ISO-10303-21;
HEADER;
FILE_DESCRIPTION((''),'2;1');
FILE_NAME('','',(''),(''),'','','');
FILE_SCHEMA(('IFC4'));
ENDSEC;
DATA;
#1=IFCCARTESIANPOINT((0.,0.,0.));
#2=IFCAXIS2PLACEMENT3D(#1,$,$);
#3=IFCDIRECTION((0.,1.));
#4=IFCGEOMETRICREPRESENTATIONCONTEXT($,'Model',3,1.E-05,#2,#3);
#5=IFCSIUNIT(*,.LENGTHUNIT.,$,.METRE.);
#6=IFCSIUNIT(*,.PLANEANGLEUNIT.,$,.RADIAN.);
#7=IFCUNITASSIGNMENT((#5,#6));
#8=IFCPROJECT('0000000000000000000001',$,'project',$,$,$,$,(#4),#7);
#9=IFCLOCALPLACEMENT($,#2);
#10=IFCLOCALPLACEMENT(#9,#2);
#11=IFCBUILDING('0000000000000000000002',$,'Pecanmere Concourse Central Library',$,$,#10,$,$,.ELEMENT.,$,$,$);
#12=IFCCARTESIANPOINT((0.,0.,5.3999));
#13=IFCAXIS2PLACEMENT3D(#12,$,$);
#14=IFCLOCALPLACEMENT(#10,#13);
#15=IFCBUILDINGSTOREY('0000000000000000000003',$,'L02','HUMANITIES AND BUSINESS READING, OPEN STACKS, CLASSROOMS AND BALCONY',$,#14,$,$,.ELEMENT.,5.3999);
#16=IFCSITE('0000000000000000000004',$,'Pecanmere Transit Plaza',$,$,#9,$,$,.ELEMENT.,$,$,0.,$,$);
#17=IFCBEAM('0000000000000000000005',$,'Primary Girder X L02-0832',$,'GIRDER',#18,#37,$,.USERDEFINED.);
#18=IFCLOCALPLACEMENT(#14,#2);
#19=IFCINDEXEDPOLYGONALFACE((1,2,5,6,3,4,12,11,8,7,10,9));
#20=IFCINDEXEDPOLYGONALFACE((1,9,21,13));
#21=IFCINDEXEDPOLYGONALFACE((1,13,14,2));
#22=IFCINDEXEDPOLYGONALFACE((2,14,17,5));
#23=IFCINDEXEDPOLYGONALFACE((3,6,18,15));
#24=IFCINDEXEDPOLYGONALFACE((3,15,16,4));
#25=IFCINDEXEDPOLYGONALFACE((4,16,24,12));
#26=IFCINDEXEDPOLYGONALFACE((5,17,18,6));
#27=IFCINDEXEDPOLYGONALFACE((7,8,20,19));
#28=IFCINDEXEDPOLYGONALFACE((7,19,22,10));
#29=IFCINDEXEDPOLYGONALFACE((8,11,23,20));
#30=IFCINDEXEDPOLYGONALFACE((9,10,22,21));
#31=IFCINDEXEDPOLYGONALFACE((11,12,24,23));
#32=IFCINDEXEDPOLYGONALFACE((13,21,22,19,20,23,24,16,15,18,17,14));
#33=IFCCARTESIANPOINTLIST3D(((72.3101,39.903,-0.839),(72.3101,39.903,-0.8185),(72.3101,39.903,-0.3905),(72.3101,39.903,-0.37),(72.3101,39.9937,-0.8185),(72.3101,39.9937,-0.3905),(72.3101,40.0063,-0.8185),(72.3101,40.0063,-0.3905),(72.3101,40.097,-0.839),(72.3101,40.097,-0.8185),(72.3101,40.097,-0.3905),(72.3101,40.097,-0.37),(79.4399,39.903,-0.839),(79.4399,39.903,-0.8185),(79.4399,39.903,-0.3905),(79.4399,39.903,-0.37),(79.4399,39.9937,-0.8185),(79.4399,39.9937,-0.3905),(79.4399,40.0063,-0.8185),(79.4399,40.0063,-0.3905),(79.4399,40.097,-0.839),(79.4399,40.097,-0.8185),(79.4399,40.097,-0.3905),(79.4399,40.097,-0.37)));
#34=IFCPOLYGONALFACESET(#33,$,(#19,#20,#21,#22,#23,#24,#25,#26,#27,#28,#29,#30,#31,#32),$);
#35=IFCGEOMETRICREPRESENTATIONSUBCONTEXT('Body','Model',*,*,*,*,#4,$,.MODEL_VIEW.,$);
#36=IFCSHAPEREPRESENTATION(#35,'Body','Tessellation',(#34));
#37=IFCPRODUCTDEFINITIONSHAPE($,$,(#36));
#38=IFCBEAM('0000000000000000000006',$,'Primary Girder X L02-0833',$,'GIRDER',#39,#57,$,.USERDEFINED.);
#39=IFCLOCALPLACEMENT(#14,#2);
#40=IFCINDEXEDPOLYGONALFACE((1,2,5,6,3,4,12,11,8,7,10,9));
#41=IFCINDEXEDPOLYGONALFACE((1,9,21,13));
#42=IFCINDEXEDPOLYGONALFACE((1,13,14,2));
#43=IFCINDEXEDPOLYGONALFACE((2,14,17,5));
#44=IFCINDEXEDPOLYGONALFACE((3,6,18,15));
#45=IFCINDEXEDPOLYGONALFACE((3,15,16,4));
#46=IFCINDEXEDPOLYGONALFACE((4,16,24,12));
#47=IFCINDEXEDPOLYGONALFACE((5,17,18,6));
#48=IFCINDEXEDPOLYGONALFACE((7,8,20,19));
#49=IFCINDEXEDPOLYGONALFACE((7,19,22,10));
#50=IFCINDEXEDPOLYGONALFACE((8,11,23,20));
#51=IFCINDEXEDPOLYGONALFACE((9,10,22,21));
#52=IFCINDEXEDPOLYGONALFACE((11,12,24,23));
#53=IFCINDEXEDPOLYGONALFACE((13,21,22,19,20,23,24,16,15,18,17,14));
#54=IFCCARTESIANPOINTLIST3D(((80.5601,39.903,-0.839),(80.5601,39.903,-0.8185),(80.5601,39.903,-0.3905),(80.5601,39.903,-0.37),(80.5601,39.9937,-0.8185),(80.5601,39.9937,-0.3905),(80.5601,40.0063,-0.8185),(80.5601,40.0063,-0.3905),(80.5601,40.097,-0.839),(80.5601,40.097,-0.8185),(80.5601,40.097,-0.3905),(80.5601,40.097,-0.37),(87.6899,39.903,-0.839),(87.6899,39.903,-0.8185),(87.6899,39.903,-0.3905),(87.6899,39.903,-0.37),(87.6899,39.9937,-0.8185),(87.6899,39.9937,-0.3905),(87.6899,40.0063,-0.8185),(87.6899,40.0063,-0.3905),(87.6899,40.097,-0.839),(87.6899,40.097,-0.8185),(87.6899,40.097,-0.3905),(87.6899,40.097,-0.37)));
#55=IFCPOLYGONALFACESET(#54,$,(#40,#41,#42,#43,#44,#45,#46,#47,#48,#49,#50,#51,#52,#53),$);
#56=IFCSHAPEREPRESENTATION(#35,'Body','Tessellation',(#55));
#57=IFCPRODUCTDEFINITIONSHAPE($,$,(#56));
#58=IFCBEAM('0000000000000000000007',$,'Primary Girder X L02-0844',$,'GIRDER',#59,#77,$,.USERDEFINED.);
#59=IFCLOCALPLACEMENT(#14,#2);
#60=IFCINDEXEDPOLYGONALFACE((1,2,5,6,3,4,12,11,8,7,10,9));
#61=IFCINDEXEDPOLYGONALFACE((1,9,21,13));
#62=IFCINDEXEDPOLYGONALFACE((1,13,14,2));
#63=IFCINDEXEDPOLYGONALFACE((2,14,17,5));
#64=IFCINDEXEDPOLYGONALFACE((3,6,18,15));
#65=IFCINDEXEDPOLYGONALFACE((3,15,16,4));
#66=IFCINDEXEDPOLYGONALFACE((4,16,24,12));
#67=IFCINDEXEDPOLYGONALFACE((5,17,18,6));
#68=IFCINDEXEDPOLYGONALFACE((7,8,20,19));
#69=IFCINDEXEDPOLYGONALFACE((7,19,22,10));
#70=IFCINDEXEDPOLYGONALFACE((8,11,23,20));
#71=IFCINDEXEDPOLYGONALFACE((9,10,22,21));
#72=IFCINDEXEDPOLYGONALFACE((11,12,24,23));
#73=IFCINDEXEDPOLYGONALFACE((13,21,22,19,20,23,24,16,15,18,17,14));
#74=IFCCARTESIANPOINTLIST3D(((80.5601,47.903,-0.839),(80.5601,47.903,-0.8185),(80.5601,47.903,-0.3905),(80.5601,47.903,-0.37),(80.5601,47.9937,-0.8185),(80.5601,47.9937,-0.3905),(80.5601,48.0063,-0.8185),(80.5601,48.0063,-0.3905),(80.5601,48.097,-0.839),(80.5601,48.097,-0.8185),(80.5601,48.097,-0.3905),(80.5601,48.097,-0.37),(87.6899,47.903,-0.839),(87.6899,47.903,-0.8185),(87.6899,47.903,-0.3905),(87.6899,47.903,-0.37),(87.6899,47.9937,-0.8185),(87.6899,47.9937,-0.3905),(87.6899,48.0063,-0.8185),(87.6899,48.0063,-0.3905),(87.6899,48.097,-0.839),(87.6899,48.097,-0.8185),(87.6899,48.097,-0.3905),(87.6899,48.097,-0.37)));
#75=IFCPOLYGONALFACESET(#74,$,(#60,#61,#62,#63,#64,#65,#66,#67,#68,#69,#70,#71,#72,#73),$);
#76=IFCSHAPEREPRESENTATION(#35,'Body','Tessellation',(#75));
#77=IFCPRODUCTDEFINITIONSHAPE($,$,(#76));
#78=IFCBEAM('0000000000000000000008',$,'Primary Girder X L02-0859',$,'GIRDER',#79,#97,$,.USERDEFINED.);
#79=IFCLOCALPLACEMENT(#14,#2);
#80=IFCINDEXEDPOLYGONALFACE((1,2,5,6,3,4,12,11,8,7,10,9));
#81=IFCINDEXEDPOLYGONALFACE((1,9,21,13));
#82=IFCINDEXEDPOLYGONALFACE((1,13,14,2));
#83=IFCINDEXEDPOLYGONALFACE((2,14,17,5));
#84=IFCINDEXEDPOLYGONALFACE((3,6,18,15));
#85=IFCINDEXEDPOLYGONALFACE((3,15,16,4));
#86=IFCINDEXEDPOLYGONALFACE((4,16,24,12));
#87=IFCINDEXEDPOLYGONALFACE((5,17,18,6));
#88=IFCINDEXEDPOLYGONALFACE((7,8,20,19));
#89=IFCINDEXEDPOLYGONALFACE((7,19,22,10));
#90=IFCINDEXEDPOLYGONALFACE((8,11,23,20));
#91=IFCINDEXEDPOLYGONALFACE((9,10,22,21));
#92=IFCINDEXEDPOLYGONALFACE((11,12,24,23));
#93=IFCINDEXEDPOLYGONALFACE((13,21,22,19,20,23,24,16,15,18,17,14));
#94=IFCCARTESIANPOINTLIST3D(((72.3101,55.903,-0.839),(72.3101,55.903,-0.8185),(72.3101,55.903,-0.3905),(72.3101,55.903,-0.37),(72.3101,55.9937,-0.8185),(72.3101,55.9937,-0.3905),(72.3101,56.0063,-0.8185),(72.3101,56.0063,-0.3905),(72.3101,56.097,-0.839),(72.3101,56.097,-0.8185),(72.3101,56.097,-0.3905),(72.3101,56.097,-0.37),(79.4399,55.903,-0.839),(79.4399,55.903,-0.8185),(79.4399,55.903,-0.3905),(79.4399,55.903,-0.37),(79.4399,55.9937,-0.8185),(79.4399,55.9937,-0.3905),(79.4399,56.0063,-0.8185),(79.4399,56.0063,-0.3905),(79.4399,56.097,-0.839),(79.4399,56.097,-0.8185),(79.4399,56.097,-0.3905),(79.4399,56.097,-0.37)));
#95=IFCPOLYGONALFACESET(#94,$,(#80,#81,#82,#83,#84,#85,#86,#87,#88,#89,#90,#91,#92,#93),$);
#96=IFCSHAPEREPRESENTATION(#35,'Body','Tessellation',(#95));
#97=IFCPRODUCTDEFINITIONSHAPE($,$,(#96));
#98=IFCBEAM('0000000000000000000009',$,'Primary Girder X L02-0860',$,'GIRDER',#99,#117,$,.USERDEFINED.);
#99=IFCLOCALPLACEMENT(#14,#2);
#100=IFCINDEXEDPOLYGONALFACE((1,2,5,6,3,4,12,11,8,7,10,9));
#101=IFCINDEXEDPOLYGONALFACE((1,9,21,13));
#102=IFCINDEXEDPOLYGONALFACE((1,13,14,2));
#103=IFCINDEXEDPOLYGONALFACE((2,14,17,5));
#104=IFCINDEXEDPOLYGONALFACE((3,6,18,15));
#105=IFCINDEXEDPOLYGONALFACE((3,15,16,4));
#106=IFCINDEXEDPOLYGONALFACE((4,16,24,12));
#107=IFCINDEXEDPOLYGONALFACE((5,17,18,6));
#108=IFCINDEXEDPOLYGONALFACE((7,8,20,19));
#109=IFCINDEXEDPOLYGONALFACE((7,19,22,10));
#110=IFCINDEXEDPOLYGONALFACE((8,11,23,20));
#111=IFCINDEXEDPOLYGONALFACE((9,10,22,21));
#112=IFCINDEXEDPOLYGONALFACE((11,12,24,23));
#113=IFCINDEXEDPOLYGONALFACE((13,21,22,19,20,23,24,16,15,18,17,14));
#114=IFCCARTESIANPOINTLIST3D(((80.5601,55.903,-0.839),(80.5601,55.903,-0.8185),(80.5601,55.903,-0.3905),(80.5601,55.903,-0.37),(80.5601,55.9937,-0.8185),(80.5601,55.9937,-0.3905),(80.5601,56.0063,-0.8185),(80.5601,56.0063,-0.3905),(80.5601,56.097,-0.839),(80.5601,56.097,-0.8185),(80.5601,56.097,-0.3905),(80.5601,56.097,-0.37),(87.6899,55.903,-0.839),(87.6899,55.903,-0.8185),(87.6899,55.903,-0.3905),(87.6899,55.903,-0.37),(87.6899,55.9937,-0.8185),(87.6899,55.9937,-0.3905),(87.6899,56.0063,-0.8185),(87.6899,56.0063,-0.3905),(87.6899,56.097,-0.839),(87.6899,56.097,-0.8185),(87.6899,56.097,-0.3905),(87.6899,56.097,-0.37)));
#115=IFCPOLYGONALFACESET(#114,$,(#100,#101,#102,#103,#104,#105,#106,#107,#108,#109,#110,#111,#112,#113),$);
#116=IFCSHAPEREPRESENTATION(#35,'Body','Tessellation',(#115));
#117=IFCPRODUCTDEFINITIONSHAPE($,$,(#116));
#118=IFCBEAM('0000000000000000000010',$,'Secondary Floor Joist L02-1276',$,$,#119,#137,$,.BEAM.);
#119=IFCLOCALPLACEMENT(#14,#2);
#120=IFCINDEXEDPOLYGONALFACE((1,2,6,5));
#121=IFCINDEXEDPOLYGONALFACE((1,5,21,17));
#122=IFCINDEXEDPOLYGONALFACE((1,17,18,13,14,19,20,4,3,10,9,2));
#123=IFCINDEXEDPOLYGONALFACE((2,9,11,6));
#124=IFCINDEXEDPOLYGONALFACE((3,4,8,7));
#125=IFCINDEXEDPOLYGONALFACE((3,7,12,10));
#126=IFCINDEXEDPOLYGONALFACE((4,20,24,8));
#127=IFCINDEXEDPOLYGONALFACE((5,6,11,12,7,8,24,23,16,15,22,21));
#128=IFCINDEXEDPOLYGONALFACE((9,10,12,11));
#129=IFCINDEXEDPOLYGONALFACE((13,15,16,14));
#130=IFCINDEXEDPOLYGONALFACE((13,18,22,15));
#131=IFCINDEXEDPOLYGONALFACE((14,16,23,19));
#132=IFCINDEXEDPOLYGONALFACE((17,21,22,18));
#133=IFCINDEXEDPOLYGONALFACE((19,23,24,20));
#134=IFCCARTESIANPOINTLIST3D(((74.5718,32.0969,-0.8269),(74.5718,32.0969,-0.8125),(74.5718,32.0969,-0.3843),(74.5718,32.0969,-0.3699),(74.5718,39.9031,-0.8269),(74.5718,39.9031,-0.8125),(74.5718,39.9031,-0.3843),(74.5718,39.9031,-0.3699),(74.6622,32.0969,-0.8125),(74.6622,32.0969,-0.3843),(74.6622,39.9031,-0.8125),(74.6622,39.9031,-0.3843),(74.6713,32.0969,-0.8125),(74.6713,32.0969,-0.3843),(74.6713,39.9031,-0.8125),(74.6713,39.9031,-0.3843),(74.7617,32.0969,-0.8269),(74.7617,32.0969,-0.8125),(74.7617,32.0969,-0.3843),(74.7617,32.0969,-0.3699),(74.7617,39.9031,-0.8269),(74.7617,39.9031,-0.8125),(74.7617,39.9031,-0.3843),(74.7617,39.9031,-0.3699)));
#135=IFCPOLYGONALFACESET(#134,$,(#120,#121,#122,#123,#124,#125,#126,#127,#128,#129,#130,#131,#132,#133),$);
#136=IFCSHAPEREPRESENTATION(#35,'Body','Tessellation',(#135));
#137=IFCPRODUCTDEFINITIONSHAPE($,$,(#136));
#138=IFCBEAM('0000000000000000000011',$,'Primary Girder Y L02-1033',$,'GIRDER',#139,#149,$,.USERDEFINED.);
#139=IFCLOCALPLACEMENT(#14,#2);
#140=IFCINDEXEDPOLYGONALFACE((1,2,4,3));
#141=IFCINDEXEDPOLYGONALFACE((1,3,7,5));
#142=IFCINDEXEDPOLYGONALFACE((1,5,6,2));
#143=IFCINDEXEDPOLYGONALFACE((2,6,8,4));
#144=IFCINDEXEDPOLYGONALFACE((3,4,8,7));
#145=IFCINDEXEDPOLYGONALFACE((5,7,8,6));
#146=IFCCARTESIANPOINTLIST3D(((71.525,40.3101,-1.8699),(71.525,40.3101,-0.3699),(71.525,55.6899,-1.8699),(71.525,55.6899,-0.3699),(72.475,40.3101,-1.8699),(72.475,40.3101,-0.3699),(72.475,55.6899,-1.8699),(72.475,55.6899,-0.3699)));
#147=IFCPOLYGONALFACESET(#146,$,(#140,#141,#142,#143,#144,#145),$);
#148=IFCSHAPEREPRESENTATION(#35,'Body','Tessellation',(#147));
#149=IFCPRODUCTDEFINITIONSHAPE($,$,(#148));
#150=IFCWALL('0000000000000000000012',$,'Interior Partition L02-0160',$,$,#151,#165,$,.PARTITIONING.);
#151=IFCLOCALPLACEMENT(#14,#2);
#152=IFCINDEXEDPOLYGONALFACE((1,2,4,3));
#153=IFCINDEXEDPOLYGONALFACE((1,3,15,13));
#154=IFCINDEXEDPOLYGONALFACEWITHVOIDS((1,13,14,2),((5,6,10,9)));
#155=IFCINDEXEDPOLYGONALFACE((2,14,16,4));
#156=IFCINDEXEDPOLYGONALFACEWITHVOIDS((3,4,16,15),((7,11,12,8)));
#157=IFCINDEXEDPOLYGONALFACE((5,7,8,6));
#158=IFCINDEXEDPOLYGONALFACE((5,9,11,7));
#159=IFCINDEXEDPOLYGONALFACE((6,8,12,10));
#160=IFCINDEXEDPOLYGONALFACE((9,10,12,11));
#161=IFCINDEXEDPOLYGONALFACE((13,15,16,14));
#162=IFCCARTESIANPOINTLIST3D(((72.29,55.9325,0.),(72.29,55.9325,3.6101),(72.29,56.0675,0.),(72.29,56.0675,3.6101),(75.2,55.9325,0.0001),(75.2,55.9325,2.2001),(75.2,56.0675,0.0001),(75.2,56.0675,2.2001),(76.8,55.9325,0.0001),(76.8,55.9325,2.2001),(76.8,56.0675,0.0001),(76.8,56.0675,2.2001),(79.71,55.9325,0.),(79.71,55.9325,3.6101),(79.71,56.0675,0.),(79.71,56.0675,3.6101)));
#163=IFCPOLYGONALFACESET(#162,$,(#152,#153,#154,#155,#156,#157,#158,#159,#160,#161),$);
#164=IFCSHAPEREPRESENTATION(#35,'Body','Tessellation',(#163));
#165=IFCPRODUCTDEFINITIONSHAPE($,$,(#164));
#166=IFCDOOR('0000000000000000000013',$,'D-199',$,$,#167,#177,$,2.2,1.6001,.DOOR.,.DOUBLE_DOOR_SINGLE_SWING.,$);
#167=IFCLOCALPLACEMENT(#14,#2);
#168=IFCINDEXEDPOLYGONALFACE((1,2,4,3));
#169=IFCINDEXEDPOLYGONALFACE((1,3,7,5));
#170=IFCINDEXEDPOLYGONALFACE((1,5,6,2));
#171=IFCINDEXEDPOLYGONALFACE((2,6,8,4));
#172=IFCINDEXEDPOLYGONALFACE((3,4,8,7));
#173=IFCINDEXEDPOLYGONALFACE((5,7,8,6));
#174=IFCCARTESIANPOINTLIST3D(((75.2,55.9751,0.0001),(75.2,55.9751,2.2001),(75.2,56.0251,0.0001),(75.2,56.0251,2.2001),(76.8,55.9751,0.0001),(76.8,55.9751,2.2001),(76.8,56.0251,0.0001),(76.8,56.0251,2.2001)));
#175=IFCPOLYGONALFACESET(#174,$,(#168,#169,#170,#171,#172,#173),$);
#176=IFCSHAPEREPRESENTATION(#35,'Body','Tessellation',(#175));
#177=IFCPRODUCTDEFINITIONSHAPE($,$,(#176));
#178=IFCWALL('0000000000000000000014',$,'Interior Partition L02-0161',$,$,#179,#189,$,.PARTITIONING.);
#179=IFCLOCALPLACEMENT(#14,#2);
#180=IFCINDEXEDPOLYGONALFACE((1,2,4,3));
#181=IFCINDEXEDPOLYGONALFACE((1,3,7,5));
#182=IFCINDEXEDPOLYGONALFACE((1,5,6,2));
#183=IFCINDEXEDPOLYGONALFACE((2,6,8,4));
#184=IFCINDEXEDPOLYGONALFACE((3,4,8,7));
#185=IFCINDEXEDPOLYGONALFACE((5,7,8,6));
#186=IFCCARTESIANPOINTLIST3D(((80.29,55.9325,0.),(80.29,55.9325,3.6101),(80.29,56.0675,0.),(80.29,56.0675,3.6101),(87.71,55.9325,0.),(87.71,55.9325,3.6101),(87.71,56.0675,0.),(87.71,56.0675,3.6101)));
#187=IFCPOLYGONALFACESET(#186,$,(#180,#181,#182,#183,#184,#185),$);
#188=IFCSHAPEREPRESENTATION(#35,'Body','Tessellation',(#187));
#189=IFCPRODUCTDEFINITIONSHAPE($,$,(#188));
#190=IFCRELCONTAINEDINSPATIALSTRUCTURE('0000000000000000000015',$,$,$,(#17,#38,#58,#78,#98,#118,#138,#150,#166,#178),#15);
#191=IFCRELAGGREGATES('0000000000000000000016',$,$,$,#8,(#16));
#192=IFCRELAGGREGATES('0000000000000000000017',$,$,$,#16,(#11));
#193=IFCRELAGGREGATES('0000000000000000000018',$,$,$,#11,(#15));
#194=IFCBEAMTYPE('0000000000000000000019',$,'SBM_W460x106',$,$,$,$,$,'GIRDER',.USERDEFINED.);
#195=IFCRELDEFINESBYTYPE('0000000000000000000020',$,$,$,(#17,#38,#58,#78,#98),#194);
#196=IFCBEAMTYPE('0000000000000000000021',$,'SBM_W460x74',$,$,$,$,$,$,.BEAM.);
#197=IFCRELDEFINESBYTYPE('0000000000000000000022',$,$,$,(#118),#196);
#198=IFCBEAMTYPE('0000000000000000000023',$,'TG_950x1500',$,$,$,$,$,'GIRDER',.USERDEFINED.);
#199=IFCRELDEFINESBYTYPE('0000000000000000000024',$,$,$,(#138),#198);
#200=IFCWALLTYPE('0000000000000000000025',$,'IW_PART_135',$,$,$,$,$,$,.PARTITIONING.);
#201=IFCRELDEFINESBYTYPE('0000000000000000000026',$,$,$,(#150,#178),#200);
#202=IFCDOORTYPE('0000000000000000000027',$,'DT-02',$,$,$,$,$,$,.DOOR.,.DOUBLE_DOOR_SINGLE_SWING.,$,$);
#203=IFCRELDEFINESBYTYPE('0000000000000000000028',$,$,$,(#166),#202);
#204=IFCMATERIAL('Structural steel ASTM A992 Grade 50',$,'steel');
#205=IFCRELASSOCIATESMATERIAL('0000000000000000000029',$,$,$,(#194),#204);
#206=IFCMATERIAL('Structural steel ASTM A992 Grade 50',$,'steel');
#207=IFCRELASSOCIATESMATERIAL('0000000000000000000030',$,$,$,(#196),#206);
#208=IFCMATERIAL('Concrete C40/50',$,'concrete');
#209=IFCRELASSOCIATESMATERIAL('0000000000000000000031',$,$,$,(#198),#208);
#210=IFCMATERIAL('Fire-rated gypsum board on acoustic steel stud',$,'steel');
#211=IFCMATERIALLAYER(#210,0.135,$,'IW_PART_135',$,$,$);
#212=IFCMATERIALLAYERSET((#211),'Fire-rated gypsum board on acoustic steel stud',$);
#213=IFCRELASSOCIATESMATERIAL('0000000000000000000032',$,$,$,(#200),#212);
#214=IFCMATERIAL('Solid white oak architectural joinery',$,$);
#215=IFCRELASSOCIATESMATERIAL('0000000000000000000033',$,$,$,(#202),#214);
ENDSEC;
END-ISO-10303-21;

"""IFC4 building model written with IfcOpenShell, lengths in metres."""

from ifc_helpers import new_model, si_unit, direction, frame, frame_2d, origin, origin_2d, place, context, subcontext, project, spatial, rectangle, i_section, extrude, material, layer, layer_set, material_profile, profile_set, type_object, element, fill, save


model = new_model("IFC4")

# Units and contexts
model_context = context("Model", 3, precision=1e-05, world=origin(), true_north=direction((0.0, 1.0)))
body_context = subcontext(model_context, "Body", "Model", "MODEL_VIEW")
ifc_project = project(units=[si_unit("LENGTHUNIT", "METRE"), si_unit("PLANEANGLEUNIT", "RADIAN")], contexts=[model_context])

# Site, building, storey
site_placement = place(None, origin())
site = spatial("IfcSite", under=ifc_project, at=site_placement, Name="Pecanmere Transit Plaza", CompositionType="ELEMENT", RefElevation=0.0)
building_placement = place(site_placement, origin())
building = spatial("IfcBuilding", under=site, at=building_placement, Name="Pecanmere Concourse Central Library", CompositionType="ELEMENT")
storey_placement = place(building_placement, frame((0.0, 0.0, 5.3999)))
storey = spatial("IfcBuildingStorey", under=building, at=storey_placement, Name="L02", Description="HUMANITIES AND BUSINESS READING, OPEN STACKS, CLASSROOMS AND BALCONY", CompositionType="ELEMENT", Elevation=5.3999)

# Beams
ifc_material_1 = material(Name="Structural steel ASTM A992 Grade 50", Category="steel")
ifc_material_profile_1 = material_profile(ifc_material_1, i_section(OverallWidth=0.1941, OverallDepth=0.469, WebThickness=0.0127, FlangeThickness=0.0205, at=origin_2d()), Name="W460x106")
ifc_profile_set_1 = profile_set([ifc_material_profile_1], Name="Structural steel ASTM A992 Grade 50")
beam_type_1 = type_object("IfcBeamType", Name="SBM_W460x106", ElementType="GIRDER", PredefinedType="USERDEFINED", material=ifc_profile_set_1)
for number, where, z_axis, x_axis, name in (
    (1, (72.3101, 40.0, -0.6045), (1.0, 0.0, 0.0), (0.0, 1.0, 0.0), "Primary Girder X L02-0832"),
    (2, (80.5601, 40.0, -0.6045), (1.0, 0.0, 0.0), (0.0, 1.0, 0.0), "Primary Girder X L02-0833"),
    (3, (80.5601, 48.0, -0.6045), (1.0, 0.0, 0.0), (0.0, 1.0, 0.0), "Primary Girder X L02-0844"),
    (4, (72.3101, 56.0, -0.6045), (1.0, 0.0, 0.0), (0.0, 1.0, 0.0), "Primary Girder X L02-0859"),
    (5, (80.5601, 56.0, -0.6045), (1.0, 0.0, 0.0), (0.0, 1.0, 0.0), "Primary Girder X L02-0860"),
):
    element("IfcBeam", number, at=place(storey_placement, frame(where, z_axis=z_axis, x_axis=x_axis)), inside=storey, type_object=beam_type_1, Name=name, ObjectType="GIRDER", PredefinedType="USERDEFINED", context=body_context, shape_type="SweptSolid", body=[
        extrude(i_section(OverallWidth=0.1941, OverallDepth=0.469, WebThickness=0.0127, FlangeThickness=0.0205, at=origin_2d()), origin(), (0.0, 0.0, 1.0), 7.1299),
    ])
ifc_material_2 = material(Name="Structural steel ASTM A992 Grade 50", Category="steel")
ifc_material_profile_2 = material_profile(ifc_material_2, i_section(OverallWidth=0.1899, OverallDepth=0.457, WebThickness=0.009, FlangeThickness=0.0144, at=origin_2d()), Name="W460x74")
ifc_profile_set_2 = profile_set([ifc_material_profile_2], Name="Structural steel ASTM A992 Grade 50")
beam_type_2 = type_object("IfcBeamType", Name="SBM_W460x74", PredefinedType="BEAM", material=ifc_profile_set_2)
beam_1_placement = place(storey_placement, frame((74.6667, 32.0969, -0.5984), z_axis=(0.0, 1.0, 0.0), x_axis=(-1.0, 0.0, 0.0)))
element("IfcBeam", 6, at=beam_1_placement, inside=storey, type_object=beam_type_2, Name="Secondary Floor Joist L02-1276", PredefinedType="BEAM", context=body_context, shape_type="SweptSolid", body=[
    extrude(i_section(OverallWidth=0.1899, OverallDepth=0.457, WebThickness=0.009, FlangeThickness=0.0144, at=origin_2d()), origin(), (0.0, 0.0, 1.0), 7.8062),
])
ifc_material_3 = material(Name="Concrete C40/50", Category="concrete")
ifc_material_profile_3 = material_profile(ifc_material_3, rectangle(XDim=0.95, YDim=1.5, at=origin_2d()), Name="RC 950x1500")
ifc_profile_set_3 = profile_set([ifc_material_profile_3], Name="Concrete C40/50")
beam_type_3 = type_object("IfcBeamType", Name="TG_950x1500", ElementType="GIRDER", PredefinedType="USERDEFINED", material=ifc_profile_set_3)
beam_2_placement = place(storey_placement, frame((72.0, 40.3101, -1.1199), z_axis=(0.0, 1.0, 0.0), x_axis=(-1.0, 0.0, 0.0)))
element("IfcBeam", 7, at=beam_2_placement, inside=storey, type_object=beam_type_3, Name="Primary Girder Y L02-1033", ObjectType="GIRDER", PredefinedType="USERDEFINED", context=body_context, shape_type="SweptSolid", body=[
    extrude(rectangle(XDim=0.95, YDim=1.5, at=origin_2d()), origin(), (0.0, 0.0, 1.0), 15.3799),
])

# Wall, opening, door
ifc_material_4 = material(Name="Fire-rated gypsum board on acoustic steel stud", Category="steel")
ifc_layer_1 = layer(ifc_material_4, 0.135, Name="IW_PART_135")
ifc_layer_set_1 = layer_set([ifc_layer_1], Name="Fire-rated gypsum board on acoustic steel stud")
wall_type_1 = type_object("IfcWallType", Name="IW_PART_135", PredefinedType="PARTITIONING", material=ifc_layer_set_1)
wall_1_placement = place(storey_placement, frame((72.29, 56.0, 0.0), z_axis=(0.0, 0.0, 1.0), x_axis=(1.0, 0.0, 0.0)))
wall_1 = element("IfcWall", 8, at=wall_1_placement, inside=storey, type_object=wall_type_1, Name="Interior Partition L02-0160", PredefinedType="PARTITIONING", context=body_context, shape_type="SweptSolid", body=[
    extrude(rectangle(XDim=7.4199, YDim=0.135, at=frame_2d((3.71, 0.0))), origin(), (0.0, 0.0, 1.0), 3.6101),
])
opening_1_placement = place(wall_1_placement, frame((2.9099, 0.0, 0.0)))
opening_1 = element("IfcOpeningElement", 9, at=opening_1_placement, cuts=wall_1, PredefinedType="OPENING", context=body_context, shape_type="SweptSolid", body=[
    extrude(rectangle(XDim=1.6001, YDim=2.2, at=frame_2d((0.8, 1.1001))), frame((0.0, 0.0796, 0.0), z_axis=(0.0, -1.0, 0.0), x_axis=(1.0, 0.0, 0.0)), (0.0, 0.0, 1.0), 0.1589),
])
ifc_material_5 = material(Name="Solid white oak architectural joinery")
door_type_1 = type_object("IfcDoorType", Name="DT-02", OperationType="DOUBLE_DOOR_SINGLE_SWING", PredefinedType="DOOR", material=ifc_material_5)
door_1_placement = place(opening_1_placement, frame((1.6001, 0.0, 0.0), z_axis=(0.0, 0.0, 1.0), x_axis=(-1.0, 0.0, 0.0)))
door_1 = element("IfcDoor", 10, at=door_1_placement, inside=storey, type_object=door_type_1, Name="D-199", OperationType="DOUBLE_DOOR_SINGLE_SWING", OverallHeight=2.2, OverallWidth=1.6001, PredefinedType="DOOR", context=body_context, shape_type="SweptSolid", body=[
    extrude(rectangle(XDim=1.6001, YDim=2.2, at=frame_2d((0.8, 1.1001))), frame((0.0, 0.0249, 0.0), z_axis=(0.0, -1.0, 0.0), x_axis=(1.0, 0.0, 0.0)), (0.0, 0.0, 1.0), 0.05),
])
fill(opening_1, door_1)

# Wall
wall_2_placement = place(storey_placement, frame((80.29, 56.0, 0.0), z_axis=(0.0, 0.0, 1.0), x_axis=(1.0, 0.0, 0.0)))
element("IfcWall", 11, at=wall_2_placement, inside=storey, type_object=wall_type_1, Name="Interior Partition L02-0161", PredefinedType="PARTITIONING", context=body_context, shape_type="SweptSolid", body=[
    extrude(rectangle(XDim=7.4199, YDim=0.135, at=frame_2d((3.71, 0.0))), origin(), (0.0, 0.0, 1.0), 3.6101),
])

save(model, "model.ifc")
